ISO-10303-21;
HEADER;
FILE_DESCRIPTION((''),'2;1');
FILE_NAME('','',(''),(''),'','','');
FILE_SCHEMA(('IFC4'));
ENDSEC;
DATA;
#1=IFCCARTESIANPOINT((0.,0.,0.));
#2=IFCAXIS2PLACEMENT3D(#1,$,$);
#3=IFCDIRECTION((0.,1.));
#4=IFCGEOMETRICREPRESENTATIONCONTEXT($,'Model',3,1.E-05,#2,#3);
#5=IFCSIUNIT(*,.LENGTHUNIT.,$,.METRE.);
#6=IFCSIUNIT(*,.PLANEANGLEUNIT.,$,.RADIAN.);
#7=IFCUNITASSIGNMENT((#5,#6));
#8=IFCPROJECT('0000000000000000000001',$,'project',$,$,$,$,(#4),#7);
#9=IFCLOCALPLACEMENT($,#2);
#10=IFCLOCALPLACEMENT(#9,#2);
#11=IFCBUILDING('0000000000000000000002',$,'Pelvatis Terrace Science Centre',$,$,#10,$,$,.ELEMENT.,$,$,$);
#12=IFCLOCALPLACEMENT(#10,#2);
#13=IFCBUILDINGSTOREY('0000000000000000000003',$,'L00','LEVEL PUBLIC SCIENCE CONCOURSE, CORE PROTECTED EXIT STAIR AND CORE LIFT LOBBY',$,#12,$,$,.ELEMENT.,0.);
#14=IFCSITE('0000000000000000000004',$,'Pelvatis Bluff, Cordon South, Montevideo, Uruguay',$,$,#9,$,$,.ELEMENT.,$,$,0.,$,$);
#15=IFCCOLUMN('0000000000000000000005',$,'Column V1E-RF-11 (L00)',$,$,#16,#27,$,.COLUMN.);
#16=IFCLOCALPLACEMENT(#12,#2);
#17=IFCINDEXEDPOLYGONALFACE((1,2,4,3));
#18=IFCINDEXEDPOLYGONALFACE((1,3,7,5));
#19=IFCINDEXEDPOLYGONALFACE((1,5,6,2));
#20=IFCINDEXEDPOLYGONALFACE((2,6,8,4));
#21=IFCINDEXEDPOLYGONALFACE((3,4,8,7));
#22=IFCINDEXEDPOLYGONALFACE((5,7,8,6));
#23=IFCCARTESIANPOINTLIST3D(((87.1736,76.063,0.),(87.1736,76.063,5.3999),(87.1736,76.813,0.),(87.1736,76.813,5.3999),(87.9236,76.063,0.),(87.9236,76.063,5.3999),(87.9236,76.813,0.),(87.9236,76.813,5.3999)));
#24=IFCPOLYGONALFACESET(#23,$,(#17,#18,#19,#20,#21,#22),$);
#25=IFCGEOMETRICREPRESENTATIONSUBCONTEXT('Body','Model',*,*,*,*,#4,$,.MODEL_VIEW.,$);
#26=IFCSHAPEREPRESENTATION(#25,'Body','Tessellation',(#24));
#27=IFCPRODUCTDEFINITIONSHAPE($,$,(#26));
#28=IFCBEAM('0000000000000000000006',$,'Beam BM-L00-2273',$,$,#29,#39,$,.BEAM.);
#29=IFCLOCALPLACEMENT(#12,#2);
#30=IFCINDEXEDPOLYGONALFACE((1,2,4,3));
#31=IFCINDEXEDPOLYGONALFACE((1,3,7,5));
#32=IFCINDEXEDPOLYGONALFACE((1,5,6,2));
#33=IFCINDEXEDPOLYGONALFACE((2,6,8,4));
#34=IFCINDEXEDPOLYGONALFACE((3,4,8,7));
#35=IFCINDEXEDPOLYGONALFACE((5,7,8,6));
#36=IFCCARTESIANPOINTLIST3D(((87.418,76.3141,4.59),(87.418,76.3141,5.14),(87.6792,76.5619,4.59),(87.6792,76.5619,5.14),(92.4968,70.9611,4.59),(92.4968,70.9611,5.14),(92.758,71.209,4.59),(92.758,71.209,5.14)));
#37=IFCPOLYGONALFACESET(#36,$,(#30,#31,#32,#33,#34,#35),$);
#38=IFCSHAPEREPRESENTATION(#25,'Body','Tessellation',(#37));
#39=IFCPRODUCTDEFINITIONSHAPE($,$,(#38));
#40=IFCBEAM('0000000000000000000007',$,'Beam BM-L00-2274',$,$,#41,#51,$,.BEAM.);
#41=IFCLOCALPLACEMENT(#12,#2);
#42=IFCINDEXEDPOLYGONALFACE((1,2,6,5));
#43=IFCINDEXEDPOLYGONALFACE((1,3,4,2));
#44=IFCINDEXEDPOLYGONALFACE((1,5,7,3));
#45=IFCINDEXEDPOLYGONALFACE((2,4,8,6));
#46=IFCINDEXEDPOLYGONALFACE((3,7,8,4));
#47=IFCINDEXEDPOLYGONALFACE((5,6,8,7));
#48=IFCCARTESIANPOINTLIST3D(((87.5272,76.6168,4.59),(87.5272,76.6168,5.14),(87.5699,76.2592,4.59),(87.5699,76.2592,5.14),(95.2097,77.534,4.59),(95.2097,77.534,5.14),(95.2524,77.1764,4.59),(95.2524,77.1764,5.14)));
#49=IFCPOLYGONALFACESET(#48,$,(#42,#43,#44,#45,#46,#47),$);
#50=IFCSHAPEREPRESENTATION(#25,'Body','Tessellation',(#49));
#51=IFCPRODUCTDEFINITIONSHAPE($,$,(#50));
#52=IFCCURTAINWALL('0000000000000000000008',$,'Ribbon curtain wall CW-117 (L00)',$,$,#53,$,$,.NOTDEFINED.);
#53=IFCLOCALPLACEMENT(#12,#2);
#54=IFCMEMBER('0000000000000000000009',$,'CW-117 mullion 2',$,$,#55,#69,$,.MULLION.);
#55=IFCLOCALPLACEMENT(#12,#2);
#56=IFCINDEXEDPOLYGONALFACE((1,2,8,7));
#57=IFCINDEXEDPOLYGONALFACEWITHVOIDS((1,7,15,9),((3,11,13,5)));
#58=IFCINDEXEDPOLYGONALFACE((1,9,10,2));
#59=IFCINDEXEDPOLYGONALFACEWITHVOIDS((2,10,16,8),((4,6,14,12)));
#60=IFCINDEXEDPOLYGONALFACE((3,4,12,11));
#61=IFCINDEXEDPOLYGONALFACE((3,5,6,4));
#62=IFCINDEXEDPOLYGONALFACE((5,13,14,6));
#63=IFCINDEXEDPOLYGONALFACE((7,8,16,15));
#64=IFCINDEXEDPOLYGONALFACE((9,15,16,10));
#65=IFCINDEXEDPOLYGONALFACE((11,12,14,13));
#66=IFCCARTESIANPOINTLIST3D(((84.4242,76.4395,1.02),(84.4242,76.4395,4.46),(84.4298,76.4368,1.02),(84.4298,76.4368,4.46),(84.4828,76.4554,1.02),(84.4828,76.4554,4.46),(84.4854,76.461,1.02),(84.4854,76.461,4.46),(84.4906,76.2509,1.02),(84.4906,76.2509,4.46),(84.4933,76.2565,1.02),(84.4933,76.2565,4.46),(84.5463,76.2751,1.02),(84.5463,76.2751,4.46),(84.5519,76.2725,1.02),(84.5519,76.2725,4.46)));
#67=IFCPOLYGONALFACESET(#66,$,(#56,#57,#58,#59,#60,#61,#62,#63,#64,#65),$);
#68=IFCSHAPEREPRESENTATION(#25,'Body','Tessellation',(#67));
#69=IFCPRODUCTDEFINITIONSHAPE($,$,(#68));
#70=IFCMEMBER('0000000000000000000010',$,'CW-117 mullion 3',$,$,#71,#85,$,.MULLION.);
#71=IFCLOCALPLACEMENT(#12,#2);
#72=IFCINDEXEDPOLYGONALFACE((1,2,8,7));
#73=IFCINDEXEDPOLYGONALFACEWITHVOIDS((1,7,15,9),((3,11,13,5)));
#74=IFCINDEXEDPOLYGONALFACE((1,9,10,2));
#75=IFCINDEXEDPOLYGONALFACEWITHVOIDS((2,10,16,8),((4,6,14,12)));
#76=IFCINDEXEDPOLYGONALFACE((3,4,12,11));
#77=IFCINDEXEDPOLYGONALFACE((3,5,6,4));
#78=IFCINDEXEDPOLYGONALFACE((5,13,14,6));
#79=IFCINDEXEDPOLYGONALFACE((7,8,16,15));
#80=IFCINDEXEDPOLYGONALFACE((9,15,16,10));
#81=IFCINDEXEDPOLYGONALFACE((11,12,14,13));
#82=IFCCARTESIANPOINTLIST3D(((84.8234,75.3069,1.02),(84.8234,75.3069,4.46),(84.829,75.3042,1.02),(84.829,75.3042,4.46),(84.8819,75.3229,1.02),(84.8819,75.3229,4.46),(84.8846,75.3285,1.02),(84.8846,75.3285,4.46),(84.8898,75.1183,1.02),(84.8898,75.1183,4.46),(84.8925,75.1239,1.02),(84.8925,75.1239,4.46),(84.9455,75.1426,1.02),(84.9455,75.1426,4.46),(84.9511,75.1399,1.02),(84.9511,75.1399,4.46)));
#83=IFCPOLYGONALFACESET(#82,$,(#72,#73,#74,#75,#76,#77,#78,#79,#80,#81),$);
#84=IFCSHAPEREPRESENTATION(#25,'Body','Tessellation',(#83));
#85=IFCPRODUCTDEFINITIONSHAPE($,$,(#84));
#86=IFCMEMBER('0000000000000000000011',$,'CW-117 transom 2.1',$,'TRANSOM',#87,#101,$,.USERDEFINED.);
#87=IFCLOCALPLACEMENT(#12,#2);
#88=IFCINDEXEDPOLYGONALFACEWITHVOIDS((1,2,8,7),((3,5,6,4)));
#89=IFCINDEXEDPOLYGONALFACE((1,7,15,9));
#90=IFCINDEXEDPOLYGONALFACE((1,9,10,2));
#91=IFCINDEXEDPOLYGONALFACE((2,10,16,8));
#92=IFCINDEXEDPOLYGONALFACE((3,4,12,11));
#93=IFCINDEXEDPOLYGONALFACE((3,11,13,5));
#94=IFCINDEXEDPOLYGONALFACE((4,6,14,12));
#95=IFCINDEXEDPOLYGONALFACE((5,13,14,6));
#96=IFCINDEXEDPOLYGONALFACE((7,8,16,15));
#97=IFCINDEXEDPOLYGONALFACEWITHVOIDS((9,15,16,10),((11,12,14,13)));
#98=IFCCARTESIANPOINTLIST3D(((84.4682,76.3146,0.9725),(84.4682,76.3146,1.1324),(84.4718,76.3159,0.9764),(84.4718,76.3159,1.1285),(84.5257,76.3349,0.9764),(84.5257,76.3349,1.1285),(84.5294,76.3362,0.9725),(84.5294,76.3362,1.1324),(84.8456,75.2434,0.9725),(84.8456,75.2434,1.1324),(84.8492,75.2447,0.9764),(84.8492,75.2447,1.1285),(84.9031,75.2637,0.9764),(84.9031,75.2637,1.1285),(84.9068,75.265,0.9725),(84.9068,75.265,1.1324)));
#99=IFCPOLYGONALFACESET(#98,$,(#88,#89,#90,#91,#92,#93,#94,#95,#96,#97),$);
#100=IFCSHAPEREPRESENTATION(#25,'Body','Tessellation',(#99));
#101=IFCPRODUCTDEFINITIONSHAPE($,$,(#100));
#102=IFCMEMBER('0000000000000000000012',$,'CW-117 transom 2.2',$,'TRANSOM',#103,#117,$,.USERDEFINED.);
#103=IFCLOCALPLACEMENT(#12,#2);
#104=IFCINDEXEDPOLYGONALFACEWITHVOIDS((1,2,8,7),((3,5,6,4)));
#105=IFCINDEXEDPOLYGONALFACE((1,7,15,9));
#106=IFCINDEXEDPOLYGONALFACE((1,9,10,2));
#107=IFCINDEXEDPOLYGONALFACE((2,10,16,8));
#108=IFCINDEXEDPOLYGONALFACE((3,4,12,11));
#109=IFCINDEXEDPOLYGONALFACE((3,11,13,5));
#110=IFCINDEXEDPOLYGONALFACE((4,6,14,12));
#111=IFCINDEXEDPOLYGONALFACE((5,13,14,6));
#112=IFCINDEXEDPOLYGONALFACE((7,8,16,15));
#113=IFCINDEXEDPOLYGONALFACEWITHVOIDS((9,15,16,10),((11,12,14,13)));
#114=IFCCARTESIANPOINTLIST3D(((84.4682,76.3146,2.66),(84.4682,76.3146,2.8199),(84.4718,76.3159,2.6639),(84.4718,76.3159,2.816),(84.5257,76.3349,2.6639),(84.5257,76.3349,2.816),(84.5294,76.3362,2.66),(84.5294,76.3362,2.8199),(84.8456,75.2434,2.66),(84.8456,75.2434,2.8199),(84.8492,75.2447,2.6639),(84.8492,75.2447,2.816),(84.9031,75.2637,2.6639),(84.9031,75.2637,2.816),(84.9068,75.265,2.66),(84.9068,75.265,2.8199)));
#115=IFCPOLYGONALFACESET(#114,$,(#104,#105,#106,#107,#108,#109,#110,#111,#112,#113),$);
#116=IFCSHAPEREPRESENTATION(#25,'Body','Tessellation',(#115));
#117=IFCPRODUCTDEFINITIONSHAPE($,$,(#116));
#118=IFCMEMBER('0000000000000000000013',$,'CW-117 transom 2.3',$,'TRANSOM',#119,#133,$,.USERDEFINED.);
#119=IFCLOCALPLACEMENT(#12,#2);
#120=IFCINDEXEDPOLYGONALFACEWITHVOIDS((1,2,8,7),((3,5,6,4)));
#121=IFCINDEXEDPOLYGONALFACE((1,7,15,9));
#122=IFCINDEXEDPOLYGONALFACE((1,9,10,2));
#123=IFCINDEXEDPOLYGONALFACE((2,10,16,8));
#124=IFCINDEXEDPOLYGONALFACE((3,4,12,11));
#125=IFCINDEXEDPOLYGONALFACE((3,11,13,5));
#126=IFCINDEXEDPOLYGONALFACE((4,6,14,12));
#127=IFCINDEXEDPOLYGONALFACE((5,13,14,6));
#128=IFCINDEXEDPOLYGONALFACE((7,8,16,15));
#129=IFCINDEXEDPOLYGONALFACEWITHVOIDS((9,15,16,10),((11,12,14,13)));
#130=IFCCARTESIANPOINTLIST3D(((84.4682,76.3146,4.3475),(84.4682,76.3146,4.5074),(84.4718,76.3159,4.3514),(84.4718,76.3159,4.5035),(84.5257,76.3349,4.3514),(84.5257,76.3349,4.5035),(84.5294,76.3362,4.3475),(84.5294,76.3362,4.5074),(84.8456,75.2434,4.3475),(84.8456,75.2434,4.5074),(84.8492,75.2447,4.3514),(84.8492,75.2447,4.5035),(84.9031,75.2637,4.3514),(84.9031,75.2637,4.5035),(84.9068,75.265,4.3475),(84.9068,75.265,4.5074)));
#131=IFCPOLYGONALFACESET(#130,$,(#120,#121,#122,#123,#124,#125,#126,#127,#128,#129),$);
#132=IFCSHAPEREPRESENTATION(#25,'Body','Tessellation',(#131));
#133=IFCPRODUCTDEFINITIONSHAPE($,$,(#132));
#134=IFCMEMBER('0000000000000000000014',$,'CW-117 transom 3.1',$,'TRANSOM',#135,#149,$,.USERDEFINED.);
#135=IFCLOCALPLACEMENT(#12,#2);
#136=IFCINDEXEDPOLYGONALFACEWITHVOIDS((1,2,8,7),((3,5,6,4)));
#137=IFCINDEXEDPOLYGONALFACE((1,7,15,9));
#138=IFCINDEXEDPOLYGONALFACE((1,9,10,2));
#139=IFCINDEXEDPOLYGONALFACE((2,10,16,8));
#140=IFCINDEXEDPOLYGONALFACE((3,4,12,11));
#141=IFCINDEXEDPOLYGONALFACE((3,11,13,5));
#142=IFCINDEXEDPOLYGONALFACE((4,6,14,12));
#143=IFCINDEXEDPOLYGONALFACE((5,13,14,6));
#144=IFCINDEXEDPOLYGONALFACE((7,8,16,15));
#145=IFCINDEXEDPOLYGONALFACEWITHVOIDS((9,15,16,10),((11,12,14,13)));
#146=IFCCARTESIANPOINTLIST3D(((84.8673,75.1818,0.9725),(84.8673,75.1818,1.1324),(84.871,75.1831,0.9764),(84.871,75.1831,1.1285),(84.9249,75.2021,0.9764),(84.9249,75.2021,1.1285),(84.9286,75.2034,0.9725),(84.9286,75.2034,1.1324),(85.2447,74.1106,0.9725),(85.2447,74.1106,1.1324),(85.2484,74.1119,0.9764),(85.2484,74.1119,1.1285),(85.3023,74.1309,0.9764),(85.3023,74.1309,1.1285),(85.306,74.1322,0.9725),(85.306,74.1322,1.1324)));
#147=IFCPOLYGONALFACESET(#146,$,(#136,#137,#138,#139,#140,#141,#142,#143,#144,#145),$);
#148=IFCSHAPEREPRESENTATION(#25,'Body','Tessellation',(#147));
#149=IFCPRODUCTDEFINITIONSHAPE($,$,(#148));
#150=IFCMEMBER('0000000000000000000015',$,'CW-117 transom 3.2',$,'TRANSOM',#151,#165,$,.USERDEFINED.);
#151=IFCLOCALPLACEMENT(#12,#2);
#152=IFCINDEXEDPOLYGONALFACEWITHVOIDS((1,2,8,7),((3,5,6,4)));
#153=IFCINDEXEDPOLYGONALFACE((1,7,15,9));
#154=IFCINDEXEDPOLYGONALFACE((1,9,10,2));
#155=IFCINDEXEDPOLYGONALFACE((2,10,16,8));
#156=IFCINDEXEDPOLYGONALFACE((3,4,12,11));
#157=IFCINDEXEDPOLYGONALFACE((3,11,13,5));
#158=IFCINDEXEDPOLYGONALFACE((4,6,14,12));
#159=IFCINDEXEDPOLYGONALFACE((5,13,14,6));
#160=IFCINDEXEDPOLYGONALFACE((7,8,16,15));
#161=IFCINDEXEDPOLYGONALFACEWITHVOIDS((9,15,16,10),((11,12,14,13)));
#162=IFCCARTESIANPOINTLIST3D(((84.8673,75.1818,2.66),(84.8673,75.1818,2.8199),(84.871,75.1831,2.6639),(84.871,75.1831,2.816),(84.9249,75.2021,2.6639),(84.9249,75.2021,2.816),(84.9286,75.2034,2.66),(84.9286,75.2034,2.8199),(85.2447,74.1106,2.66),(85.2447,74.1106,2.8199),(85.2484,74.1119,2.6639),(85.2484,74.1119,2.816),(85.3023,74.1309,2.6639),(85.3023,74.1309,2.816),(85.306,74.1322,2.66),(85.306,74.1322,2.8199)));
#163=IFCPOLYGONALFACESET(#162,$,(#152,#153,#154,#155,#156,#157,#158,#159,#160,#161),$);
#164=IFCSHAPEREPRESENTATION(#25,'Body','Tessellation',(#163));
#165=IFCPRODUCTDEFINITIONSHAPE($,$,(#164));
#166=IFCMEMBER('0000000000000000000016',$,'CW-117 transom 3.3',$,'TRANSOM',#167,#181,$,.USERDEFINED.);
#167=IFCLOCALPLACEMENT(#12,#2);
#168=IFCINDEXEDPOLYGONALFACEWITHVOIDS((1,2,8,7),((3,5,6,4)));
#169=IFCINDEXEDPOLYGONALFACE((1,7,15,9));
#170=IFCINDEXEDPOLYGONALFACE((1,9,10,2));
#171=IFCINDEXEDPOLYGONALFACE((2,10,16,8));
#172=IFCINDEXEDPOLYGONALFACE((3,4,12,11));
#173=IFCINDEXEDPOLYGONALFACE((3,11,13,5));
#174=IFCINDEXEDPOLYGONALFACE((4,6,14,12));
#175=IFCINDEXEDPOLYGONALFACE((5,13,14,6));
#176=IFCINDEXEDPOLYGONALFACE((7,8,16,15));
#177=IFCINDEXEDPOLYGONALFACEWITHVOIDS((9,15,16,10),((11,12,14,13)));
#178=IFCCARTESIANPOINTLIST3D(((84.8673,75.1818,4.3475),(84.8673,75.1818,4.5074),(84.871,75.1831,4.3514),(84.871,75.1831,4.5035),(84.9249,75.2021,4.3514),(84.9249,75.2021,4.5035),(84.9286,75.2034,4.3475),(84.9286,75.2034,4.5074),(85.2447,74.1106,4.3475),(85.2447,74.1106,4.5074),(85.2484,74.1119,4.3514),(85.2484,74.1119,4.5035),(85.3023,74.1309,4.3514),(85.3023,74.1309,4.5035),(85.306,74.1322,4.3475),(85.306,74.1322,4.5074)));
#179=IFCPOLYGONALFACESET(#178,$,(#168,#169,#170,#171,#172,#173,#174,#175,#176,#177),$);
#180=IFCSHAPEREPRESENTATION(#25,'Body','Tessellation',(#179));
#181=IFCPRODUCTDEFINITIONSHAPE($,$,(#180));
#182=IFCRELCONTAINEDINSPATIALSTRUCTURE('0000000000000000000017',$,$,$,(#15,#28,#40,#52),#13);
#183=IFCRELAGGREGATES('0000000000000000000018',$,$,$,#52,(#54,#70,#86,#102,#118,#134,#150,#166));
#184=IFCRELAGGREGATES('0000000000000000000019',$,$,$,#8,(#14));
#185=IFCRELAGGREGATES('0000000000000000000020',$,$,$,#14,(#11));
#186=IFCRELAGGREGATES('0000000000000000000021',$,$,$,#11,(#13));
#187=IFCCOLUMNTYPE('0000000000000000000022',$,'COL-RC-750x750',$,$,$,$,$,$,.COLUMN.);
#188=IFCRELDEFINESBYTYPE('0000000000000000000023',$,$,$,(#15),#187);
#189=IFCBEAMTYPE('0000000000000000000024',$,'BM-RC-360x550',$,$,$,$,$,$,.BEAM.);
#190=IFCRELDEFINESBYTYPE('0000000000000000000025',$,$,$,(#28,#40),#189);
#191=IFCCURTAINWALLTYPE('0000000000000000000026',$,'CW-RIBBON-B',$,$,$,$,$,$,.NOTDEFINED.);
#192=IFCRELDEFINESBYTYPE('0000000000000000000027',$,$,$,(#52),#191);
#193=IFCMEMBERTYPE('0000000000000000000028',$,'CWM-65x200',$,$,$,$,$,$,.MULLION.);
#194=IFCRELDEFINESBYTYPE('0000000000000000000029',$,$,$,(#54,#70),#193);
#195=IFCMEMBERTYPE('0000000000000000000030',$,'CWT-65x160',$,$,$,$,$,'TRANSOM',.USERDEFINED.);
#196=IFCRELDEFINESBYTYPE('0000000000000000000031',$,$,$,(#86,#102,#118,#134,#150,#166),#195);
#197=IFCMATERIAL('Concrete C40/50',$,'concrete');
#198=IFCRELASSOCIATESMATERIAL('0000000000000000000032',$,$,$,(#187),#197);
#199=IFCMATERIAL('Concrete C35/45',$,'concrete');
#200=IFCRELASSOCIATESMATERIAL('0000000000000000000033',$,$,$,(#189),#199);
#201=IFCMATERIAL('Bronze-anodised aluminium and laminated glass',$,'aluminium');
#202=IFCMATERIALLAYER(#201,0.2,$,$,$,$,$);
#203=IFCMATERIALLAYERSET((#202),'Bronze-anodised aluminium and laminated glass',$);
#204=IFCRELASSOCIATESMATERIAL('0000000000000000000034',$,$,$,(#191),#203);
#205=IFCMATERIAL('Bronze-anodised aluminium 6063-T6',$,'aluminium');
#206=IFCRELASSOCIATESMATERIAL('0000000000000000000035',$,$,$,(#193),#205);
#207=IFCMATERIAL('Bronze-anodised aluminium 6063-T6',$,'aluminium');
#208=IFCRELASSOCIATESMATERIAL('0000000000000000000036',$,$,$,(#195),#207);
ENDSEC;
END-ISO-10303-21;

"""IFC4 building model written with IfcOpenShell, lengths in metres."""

from ifc_helpers import new_model, si_unit, direction, frame, origin, origin_2d, place, context, subcontext, project, spatial, rectangle, hollow_rectangle, extrude, material, layer, layer_set, material_profile, profile_set, type_object, element, aggregate, save


model = new_model("IFC4")

# Units and contexts
model_context = context("Model", 3, precision=1e-05, world=origin(), true_north=direction((0.0, 1.0)))
body_context = subcontext(model_context, "Body", "Model", "MODEL_VIEW")
ifc_project = project(units=[si_unit("LENGTHUNIT", "METRE"), si_unit("PLANEANGLEUNIT", "RADIAN")], contexts=[model_context])

# Site, building, storey
site_placement = place(None, origin())
site = spatial("IfcSite", under=ifc_project, at=site_placement, Name="Pelvatis Bluff, Cordon South, Montevideo, Uruguay", CompositionType="ELEMENT", RefElevation=0.0)
building_placement = place(site_placement, origin())
building = spatial("IfcBuilding", under=site, at=building_placement, Name="Pelvatis Terrace Science Centre", CompositionType="ELEMENT")
storey_placement = place(building_placement, origin())
storey = spatial("IfcBuildingStorey", under=building, at=storey_placement, Name="L00", Description="LEVEL PUBLIC SCIENCE CONCOURSE, CORE PROTECTED EXIT STAIR AND CORE LIFT LOBBY", CompositionType="ELEMENT", Elevation=0.0)

# Column
ifc_material_1 = material(Name="Concrete C40/50", Category="concrete")
ifc_material_profile_1 = material_profile(ifc_material_1, rectangle(XDim=0.75, YDim=0.75, at=origin_2d()), Name="RC-COL 750x750")
ifc_profile_set_1 = profile_set([ifc_material_profile_1], Name="Concrete C40/50")
column_type = type_object("IfcColumnType", Name="COL-RC-750x750", PredefinedType="COLUMN", material=ifc_profile_set_1)
column_placement = place(storey_placement, frame((87.5486, 76.438, 0.0), z_axis=(0.0, 0.0, 1.0), x_axis=(1.0, 0.0, 0.0)))
element("IfcColumn", 1, at=column_placement, inside=storey, type_object=column_type, Name="Column V1E-RF-11 (L00)", PredefinedType="COLUMN", context=body_context, shape_type="SweptSolid", body=[
    extrude(rectangle(XDim=0.75, YDim=0.75, at=origin_2d()), origin(), (0.0, 0.0, 1.0), 5.3999),
])

# Beams
ifc_material_2 = material(Name="Concrete C35/45", Category="concrete")
ifc_material_profile_2 = material_profile(ifc_material_2, rectangle(XDim=0.3601, YDim=0.55, at=origin_2d()), Name="RC-BM 360x550")
ifc_profile_set_2 = profile_set([ifc_material_profile_2], Name="Concrete C35/45")
beam_type_1 = type_object("IfcBeamType", Name="BM-RC-360x550", PredefinedType="BEAM", material=ifc_profile_set_2)
beam_1_placement = place(storey_placement, frame((87.5486, 76.438, 4.865), z_axis=(0.688285, -0.72544, 0.0), x_axis=(0.72544, 0.688285, 0.0)))
element("IfcBeam", 2, at=beam_1_placement, inside=storey, type_object=beam_type_1, Name="Beam BM-L00-2273", PredefinedType="BEAM", context=body_context, shape_type="SweptSolid", body=[
    extrude(rectangle(XDim=0.3601, YDim=0.55, at=origin_2d()), origin(), (0.0, 0.0, 1.0), 7.3789),
])
beam_2_placement = place(storey_placement, frame((87.5486, 76.438, 4.865), z_axis=(0.992948, 0.118549, 0.0), x_axis=(-0.118549, 0.992948, 0.0)))
element("IfcBeam", 3, at=beam_2_placement, inside=storey, type_object=beam_type_1, Name="Beam BM-L00-2274", PredefinedType="BEAM", context=body_context, shape_type="SweptSolid", body=[
    extrude(rectangle(XDim=0.3601, YDim=0.55, at=origin_2d()), origin(), (0.0, 0.0, 1.0), 7.7371),
])

# Curtain wall, members
ifc_material_3 = material(Name="Bronze-anodised aluminium and laminated glass", Category="aluminium")
ifc_layer_1 = layer(ifc_material_3, 0.2)
ifc_layer_set_1 = layer_set([ifc_layer_1], Name="Bronze-anodised aluminium and laminated glass")
curtain_wall_type = type_object("IfcCurtainWallType", Name="CW-RIBBON-B", PredefinedType="NOTDEFINED", material=ifc_layer_set_1)
curtain_wall_placement = place(storey_placement, origin())
curtain_wall = element("IfcCurtainWall", 4, at=curtain_wall_placement, inside=storey, type_object=curtain_wall_type, Name="Ribbon curtain wall CW-117 (L00)", PredefinedType="NOTDEFINED")
ifc_material_4 = material(Name="Bronze-anodised aluminium 6063-T6", Category="aluminium")
ifc_material_profile_3 = material_profile(ifc_material_4, hollow_rectangle(XDim=0.0649, YDim=0.2, WallThickness=0.0044, at=origin_2d()), Name="ALU-MUL 65x200")
ifc_profile_set_3 = profile_set([ifc_material_profile_3], Name="Bronze-anodised aluminium 6063-T6")
member_type_1 = type_object("IfcMemberType", Name="CWM-65x200", PredefinedType="MULLION", material=ifc_profile_set_3)
member_1_placement = place(storey_placement, frame((84.488, 76.356, 1.02), z_axis=(0.0, 0.0, 1.0), x_axis=(0.943171, 0.332308, 0.0)))
member_1 = element("IfcMember", 5, at=member_1_placement, type_object=member_type_1, Name="CW-117 mullion 2", PredefinedType="MULLION", context=body_context, shape_type="SweptSolid", body=[
    extrude(hollow_rectangle(XDim=0.0649, YDim=0.2, WallThickness=0.0044, at=origin_2d()), origin(), (0.0, 0.0, 1.0), 3.4399),
])
member_2_placement = place(storey_placement, frame((84.8872, 75.2234, 1.02), z_axis=(0.0, 0.0, 1.0), x_axis=(0.943171, 0.332308, 0.0)))
member_2 = element("IfcMember", 6, at=member_2_placement, type_object=member_type_1, Name="CW-117 mullion 3", PredefinedType="MULLION", context=body_context, shape_type="SweptSolid", body=[
    extrude(hollow_rectangle(XDim=0.0649, YDim=0.2, WallThickness=0.0044, at=origin_2d()), origin(), (0.0, 0.0, 1.0), 3.4399),
])
ifc_material_5 = material(Name="Bronze-anodised aluminium 6063-T6", Category="aluminium")
ifc_material_profile_4 = material_profile(ifc_material_5, hollow_rectangle(XDim=0.0649, YDim=0.1599, WallThickness=0.0039, at=origin_2d()), Name="ALU-TRN 65x160")
ifc_profile_set_4 = profile_set([ifc_material_profile_4], Name="Bronze-anodised aluminium 6063-T6")
member_type_2 = type_object("IfcMemberType", Name="CWT-65x160", ElementType="TRANSOM", PredefinedType="USERDEFINED", material=ifc_profile_set_4)
member_3_placement = place(storey_placement, frame((84.4988, 76.3254, 1.0525), z_axis=(0.332303, -0.943173, 0.0), x_axis=(0.943173, 0.332303, 0.0)))
member_3 = element("IfcMember", 7, at=member_3_placement, type_object=member_type_2, Name="CW-117 transom 2.1", ObjectType="TRANSOM", PredefinedType="USERDEFINED", context=body_context, shape_type="SweptSolid", body=[
    extrude(hollow_rectangle(XDim=0.0649, YDim=0.1599, WallThickness=0.0039, at=origin_2d()), origin(), (0.0, 0.0, 1.0), 1.1357),
])
member_4_placement = place(storey_placement, frame((84.4988, 76.3254, 2.74), z_axis=(0.332303, -0.943173, 0.0), x_axis=(0.943173, 0.332303, 0.0)))
member_4 = element("IfcMember", 8, at=member_4_placement, type_object=member_type_2, Name="CW-117 transom 2.2", ObjectType="TRANSOM", PredefinedType="USERDEFINED", context=body_context, shape_type="SweptSolid", body=[
    extrude(hollow_rectangle(XDim=0.0649, YDim=0.1599, WallThickness=0.0039, at=origin_2d()), origin(), (0.0, 0.0, 1.0), 1.1357),
])
member_5_placement = place(storey_placement, frame((84.4988, 76.3254, 4.4275), z_axis=(0.332303, -0.943173, 0.0), x_axis=(0.943173, 0.332303, 0.0)))
member_5 = element("IfcMember", 9, at=member_5_placement, type_object=member_type_2, Name="CW-117 transom 2.3", ObjectType="TRANSOM", PredefinedType="USERDEFINED", context=body_context, shape_type="SweptSolid", body=[
    extrude(hollow_rectangle(XDim=0.0649, YDim=0.1599, WallThickness=0.0039, at=origin_2d()), origin(), (0.0, 0.0, 1.0), 1.1357),
])
member_6_placement = place(storey_placement, frame((84.8979, 75.1926, 1.0525), z_axis=(0.332303, -0.943173, 0.0), x_axis=(0.943173, 0.332303, 0.0)))
member_6 = element("IfcMember", 10, at=member_6_placement, type_object=member_type_2, Name="CW-117 transom 3.1", ObjectType="TRANSOM", PredefinedType="USERDEFINED", context=body_context, shape_type="SweptSolid", body=[
    extrude(hollow_rectangle(XDim=0.0649, YDim=0.1599, WallThickness=0.0039, at=origin_2d()), origin(), (0.0, 0.0, 1.0), 1.1357),
])
member_7_placement = place(storey_placement, frame((84.8979, 75.1926, 2.74), z_axis=(0.332303, -0.943173, 0.0), x_axis=(0.943173, 0.332303, 0.0)))
member_7 = element("IfcMember", 11, at=member_7_placement, type_object=member_type_2, Name="CW-117 transom 3.2", ObjectType="TRANSOM", PredefinedType="USERDEFINED", context=body_context, shape_type="SweptSolid", body=[
    extrude(hollow_rectangle(XDim=0.0649, YDim=0.1599, WallThickness=0.0039, at=origin_2d()), origin(), (0.0, 0.0, 1.0), 1.1357),
])
member_8_placement = place(storey_placement, frame((84.8979, 75.1926, 4.4275), z_axis=(0.332303, -0.943173, 0.0), x_axis=(0.943173, 0.332303, 0.0)))
member_8 = element("IfcMember", 12, at=member_8_placement, type_object=member_type_2, Name="CW-117 transom 3.3", ObjectType="TRANSOM", PredefinedType="USERDEFINED", context=body_context, shape_type="SweptSolid", body=[
    extrude(hollow_rectangle(XDim=0.0649, YDim=0.1599, WallThickness=0.0039, at=origin_2d()), origin(), (0.0, 0.0, 1.0), 1.1357),
])

aggregate(curtain_wall, [member_1, member_2, member_3, member_4, member_5, member_6, member_7, member_8])

save(model, "model.ifc")
